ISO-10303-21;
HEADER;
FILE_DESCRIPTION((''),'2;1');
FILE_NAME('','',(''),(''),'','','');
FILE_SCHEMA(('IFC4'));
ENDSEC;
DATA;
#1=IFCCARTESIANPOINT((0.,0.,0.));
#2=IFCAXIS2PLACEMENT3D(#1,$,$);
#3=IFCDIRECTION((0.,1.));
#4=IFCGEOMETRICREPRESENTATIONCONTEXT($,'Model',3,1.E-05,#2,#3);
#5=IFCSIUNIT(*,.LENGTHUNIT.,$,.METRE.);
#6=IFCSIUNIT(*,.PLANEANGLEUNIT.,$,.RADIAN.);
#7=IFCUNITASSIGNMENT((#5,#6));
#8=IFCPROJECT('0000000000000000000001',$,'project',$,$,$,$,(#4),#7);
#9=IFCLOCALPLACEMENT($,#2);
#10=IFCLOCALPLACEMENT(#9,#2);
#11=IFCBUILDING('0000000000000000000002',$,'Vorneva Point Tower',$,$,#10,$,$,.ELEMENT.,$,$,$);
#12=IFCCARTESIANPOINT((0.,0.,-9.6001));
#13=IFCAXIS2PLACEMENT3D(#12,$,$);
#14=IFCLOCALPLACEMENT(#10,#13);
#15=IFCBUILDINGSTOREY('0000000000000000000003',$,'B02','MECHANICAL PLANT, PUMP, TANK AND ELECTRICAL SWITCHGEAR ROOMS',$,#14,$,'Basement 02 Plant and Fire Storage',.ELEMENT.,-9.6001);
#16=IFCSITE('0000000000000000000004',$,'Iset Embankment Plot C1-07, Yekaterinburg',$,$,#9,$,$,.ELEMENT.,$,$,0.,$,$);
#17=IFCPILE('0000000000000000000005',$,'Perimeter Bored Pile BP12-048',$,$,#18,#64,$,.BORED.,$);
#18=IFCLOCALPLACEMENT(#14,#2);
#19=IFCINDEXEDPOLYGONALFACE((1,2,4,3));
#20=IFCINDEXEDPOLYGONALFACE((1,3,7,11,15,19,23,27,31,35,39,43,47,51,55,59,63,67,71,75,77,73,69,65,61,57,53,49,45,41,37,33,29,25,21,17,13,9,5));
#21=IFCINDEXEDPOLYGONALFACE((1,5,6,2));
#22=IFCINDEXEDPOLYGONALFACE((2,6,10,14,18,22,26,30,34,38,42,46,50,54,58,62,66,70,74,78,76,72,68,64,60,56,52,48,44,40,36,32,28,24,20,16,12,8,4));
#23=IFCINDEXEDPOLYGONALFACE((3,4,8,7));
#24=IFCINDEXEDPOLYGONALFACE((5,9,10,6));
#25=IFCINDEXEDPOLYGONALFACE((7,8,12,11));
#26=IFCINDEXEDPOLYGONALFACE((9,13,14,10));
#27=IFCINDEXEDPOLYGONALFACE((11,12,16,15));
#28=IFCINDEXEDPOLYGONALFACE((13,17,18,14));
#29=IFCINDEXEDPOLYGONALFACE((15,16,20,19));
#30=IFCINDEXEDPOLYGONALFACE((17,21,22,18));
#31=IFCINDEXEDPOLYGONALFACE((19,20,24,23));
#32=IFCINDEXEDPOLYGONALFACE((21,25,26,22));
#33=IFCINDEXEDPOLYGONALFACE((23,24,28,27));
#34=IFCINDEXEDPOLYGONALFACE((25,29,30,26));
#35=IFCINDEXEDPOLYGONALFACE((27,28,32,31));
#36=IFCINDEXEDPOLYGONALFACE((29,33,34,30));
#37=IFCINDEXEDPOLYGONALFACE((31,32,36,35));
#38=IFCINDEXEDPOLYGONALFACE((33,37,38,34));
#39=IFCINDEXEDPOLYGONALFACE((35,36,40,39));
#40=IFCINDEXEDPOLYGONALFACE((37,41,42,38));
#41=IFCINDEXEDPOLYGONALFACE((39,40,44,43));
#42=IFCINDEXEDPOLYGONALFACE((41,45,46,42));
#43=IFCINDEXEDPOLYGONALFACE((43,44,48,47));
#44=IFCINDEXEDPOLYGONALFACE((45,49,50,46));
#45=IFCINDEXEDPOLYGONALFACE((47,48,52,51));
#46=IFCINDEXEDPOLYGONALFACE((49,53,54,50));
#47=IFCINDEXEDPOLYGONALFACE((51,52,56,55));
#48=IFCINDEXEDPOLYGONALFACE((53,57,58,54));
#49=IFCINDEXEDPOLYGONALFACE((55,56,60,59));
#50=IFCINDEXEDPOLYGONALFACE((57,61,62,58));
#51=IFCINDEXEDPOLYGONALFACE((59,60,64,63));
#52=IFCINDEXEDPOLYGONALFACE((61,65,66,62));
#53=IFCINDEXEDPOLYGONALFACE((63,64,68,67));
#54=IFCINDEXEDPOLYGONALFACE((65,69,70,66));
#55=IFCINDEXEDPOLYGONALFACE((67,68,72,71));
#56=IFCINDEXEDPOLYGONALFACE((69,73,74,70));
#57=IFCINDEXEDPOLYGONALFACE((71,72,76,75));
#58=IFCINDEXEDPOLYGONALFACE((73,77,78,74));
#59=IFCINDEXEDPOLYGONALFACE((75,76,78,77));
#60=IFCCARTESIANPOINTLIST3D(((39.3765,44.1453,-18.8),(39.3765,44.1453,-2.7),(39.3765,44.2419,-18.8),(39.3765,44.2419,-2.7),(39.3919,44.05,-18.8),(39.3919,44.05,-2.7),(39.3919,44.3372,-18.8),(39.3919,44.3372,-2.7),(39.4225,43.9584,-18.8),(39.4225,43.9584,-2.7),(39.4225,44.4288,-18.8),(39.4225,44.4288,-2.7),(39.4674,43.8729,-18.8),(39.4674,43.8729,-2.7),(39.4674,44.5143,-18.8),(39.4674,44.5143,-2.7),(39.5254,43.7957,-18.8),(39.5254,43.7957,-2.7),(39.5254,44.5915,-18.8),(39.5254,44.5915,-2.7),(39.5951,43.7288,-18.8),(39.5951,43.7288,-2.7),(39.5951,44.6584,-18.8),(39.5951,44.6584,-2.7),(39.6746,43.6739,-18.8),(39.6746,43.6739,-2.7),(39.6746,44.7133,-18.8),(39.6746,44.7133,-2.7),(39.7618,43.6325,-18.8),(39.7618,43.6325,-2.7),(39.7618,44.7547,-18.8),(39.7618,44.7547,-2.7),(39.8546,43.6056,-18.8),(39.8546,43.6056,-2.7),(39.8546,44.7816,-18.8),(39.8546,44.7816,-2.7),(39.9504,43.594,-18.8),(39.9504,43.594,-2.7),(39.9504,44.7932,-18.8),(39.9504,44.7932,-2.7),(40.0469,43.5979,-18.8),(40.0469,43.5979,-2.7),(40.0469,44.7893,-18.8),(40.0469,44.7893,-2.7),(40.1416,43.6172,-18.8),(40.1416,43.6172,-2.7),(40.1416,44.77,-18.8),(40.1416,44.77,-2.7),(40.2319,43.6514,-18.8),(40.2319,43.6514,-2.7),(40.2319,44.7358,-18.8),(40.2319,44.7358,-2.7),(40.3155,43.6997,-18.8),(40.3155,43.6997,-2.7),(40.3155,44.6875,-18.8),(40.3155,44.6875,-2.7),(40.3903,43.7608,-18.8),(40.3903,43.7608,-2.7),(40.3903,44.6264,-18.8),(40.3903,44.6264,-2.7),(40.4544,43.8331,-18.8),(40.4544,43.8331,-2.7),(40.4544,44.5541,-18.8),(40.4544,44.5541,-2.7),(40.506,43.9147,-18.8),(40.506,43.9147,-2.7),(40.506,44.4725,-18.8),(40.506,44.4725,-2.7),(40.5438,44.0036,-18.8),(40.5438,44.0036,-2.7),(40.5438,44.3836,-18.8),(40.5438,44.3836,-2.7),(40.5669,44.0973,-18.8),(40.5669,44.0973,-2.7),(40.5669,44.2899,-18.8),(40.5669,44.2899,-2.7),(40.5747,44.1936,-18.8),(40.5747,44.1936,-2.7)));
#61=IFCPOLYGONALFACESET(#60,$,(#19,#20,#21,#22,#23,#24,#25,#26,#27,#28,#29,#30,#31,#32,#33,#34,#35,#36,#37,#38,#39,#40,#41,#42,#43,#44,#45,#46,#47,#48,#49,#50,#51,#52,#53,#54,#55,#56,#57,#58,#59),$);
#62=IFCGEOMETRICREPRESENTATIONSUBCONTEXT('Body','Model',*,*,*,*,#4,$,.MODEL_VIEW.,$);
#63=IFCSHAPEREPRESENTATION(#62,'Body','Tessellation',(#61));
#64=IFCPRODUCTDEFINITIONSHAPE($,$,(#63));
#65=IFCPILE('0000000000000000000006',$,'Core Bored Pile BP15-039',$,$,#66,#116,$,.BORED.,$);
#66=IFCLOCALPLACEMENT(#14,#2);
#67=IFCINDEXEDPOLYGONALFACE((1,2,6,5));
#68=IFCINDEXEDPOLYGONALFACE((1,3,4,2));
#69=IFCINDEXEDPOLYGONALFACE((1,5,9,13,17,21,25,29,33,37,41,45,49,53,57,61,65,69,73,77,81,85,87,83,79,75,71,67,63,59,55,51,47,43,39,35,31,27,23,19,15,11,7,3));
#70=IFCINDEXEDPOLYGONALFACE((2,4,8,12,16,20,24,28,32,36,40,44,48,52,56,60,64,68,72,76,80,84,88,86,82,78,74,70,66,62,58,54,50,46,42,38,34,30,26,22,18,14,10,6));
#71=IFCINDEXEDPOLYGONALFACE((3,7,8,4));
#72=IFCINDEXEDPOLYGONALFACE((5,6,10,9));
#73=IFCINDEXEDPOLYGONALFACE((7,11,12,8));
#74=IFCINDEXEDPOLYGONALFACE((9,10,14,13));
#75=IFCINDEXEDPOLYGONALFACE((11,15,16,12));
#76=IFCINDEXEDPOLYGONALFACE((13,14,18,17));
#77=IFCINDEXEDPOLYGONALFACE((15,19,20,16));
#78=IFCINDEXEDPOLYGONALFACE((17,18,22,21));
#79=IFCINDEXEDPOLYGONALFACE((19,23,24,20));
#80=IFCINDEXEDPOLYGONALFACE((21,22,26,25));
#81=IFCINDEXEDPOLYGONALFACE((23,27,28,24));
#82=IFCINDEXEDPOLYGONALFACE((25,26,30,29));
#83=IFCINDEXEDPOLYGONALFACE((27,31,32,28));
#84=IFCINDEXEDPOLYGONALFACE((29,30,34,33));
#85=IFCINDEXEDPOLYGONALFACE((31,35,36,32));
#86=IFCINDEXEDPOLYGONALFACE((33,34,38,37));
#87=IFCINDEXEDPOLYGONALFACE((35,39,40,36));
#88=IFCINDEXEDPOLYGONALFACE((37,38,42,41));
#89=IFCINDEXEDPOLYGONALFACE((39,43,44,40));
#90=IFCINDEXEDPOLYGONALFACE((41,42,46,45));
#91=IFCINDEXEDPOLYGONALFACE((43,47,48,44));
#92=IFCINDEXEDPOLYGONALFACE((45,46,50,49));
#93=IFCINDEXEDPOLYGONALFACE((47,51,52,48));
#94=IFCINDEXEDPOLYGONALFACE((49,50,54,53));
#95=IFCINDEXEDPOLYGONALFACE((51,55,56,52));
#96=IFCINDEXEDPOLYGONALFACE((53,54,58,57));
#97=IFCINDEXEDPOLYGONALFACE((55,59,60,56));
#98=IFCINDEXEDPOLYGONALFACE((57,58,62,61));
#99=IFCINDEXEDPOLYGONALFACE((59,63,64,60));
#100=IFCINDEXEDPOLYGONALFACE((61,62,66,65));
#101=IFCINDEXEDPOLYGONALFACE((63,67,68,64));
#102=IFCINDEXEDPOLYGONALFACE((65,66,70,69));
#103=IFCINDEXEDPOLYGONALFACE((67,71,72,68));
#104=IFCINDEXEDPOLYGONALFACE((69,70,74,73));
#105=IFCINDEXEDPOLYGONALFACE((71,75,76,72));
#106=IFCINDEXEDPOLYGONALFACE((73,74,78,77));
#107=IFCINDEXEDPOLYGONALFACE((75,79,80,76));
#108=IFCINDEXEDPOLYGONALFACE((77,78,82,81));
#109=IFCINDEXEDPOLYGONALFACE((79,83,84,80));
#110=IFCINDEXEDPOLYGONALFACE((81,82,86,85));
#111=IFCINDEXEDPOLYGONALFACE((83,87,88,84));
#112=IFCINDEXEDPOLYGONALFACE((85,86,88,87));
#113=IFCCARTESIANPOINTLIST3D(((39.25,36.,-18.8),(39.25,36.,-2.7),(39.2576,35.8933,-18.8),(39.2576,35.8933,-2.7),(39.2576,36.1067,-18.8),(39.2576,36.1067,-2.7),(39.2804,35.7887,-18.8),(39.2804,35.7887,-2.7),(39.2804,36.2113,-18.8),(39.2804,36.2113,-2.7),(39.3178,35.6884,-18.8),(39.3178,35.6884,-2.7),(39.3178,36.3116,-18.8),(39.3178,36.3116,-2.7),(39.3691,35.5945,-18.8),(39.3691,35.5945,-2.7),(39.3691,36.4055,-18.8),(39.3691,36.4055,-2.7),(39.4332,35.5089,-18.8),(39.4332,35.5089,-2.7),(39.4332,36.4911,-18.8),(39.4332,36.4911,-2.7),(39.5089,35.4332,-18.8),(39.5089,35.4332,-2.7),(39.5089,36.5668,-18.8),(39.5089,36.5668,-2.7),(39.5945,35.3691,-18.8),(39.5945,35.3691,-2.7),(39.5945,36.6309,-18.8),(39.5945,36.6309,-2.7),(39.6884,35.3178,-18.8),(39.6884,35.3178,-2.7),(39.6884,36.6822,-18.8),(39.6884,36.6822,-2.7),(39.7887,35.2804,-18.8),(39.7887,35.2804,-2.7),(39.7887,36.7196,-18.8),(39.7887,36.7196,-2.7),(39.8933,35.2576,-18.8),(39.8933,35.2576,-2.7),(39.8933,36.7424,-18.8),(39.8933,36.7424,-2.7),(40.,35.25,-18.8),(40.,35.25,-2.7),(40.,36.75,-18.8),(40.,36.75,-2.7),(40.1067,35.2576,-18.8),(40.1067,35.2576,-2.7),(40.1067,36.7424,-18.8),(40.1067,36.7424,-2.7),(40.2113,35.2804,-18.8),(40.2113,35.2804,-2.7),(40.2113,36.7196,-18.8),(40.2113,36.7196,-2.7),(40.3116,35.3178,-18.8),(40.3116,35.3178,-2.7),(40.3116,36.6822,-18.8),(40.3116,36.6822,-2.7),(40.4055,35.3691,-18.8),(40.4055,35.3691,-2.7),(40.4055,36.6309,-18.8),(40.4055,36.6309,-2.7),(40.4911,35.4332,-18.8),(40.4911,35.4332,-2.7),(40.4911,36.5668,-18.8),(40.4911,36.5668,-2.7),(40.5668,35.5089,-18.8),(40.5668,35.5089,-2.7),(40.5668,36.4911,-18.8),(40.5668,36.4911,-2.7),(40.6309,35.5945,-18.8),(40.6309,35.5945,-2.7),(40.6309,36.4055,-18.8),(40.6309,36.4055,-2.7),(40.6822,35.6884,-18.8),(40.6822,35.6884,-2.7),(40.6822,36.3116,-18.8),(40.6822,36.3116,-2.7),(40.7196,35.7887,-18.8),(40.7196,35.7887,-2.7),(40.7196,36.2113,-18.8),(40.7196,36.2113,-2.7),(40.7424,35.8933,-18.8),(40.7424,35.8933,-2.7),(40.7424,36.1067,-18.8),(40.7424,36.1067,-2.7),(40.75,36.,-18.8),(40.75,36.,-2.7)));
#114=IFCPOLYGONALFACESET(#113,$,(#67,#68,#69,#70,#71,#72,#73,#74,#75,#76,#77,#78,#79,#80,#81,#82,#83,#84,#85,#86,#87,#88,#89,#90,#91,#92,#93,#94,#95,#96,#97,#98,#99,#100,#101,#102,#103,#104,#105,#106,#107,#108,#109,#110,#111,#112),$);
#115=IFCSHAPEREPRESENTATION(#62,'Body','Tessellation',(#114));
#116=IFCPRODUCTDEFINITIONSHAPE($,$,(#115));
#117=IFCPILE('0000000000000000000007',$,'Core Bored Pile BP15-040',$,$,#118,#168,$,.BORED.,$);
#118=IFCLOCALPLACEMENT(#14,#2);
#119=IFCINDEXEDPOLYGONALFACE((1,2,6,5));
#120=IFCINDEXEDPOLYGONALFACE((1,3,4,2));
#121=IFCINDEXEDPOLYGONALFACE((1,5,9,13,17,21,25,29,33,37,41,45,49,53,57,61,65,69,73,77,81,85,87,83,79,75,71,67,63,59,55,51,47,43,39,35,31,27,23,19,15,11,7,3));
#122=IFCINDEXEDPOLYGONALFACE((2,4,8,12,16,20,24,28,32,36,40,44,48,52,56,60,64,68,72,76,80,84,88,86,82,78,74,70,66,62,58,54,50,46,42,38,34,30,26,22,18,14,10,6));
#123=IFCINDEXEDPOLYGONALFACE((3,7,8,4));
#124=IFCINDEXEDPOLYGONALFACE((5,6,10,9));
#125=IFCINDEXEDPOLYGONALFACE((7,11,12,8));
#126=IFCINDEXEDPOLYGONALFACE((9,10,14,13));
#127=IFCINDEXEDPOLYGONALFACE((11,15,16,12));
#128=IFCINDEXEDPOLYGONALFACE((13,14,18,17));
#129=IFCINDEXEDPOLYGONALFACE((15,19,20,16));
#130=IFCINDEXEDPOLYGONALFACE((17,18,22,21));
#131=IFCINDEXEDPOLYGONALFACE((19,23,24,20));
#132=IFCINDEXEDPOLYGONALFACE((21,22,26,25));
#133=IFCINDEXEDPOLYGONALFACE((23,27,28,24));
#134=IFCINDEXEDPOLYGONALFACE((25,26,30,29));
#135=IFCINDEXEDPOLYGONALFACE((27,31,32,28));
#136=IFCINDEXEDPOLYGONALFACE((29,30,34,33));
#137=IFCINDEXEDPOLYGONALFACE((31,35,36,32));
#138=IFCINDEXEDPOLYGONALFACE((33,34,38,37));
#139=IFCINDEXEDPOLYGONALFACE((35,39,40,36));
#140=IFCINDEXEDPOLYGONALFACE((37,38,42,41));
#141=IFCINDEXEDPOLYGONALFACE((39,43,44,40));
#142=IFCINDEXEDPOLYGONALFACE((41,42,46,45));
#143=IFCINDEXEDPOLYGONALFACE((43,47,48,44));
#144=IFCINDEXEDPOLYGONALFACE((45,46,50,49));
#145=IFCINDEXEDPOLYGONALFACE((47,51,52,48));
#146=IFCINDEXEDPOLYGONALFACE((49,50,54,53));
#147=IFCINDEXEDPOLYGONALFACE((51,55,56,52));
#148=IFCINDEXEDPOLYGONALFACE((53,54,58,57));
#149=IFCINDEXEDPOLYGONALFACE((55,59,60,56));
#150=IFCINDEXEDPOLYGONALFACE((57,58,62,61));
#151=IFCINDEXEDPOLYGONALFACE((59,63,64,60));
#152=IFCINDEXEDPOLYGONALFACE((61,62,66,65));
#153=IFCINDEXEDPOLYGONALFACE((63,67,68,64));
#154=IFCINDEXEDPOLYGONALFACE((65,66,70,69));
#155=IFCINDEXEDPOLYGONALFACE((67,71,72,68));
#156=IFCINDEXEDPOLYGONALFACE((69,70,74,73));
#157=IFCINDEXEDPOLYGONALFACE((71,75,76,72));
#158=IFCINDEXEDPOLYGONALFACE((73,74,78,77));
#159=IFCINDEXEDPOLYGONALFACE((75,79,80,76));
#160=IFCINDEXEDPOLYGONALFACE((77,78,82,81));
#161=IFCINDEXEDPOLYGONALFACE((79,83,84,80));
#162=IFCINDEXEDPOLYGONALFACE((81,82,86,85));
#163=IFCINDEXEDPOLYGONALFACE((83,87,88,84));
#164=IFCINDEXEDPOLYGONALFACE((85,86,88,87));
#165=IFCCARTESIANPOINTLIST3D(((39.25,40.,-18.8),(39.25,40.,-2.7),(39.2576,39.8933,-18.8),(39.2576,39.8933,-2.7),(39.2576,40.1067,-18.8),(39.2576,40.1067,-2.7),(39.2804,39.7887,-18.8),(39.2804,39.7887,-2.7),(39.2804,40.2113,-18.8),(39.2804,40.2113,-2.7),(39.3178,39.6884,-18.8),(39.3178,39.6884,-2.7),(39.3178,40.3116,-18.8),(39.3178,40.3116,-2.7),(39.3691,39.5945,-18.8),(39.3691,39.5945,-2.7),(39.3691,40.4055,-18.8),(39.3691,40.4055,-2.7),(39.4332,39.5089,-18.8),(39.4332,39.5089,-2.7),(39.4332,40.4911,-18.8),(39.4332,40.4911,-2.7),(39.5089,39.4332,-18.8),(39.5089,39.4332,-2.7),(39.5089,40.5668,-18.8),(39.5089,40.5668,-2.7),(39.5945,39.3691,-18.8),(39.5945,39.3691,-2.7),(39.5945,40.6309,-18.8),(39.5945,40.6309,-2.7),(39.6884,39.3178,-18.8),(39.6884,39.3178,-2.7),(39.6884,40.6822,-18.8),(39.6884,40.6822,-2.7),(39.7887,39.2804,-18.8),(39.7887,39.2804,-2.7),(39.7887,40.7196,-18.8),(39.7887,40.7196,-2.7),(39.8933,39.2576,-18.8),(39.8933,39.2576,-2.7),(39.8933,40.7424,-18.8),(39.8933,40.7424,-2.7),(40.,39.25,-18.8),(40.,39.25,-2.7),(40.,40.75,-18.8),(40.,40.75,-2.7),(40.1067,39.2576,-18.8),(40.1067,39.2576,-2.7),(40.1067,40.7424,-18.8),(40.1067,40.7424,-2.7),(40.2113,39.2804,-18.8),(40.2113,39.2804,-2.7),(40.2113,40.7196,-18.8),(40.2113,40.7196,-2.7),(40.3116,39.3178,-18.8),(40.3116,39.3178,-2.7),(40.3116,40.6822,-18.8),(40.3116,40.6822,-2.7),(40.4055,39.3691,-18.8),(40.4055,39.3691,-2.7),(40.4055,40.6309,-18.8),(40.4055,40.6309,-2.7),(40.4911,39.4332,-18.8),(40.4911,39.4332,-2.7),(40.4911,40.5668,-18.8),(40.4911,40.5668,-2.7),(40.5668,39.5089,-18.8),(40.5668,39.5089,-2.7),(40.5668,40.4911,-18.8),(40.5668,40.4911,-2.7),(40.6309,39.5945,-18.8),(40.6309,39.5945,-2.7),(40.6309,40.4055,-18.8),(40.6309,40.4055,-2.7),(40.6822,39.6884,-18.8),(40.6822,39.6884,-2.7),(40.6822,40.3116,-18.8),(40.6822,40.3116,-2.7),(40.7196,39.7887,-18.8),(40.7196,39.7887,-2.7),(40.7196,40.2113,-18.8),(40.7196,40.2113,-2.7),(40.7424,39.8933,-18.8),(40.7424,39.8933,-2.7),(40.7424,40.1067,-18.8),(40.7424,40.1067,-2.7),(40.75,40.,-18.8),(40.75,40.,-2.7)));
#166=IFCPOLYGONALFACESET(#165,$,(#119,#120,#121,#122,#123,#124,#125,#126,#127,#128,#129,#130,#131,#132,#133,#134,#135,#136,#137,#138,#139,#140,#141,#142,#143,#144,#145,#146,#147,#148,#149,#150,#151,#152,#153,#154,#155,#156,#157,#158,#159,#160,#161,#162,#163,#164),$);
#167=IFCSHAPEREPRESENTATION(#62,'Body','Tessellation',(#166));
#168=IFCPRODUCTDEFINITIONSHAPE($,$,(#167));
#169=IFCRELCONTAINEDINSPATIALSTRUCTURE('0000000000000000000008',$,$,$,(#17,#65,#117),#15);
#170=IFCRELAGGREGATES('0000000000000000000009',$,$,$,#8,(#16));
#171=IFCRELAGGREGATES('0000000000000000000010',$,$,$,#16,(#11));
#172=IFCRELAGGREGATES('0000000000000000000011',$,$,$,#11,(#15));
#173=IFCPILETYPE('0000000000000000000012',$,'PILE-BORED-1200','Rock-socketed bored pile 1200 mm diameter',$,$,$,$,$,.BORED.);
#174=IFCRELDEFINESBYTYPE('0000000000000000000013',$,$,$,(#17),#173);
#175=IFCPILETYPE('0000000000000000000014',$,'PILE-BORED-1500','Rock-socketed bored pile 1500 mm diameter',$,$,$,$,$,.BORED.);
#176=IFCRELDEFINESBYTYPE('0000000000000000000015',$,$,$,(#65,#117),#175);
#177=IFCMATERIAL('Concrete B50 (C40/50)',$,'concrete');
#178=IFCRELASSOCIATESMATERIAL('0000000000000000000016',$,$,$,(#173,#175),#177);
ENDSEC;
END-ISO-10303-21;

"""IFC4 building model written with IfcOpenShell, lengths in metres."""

from ifc_helpers import new_model, si_unit, direction, frame, origin, origin_2d, place, context, subcontext, project, spatial, circle, extrude, material, material_profile, profile_set, type_object, element, save


model = new_model("IFC4")

# Units and contexts
model_context = context("Model", 3, precision=1e-05, world=origin(), true_north=direction((0.0, 1.0)))
body_context = subcontext(model_context, "Body", "Model", "MODEL_VIEW")
ifc_project = project(units=[si_unit("LENGTHUNIT", "METRE"), si_unit("PLANEANGLEUNIT", "RADIAN")], contexts=[model_context])

# Site, building, storey
site_placement = place(None, origin())
site = spatial("IfcSite", under=ifc_project, at=site_placement, Name="Iset Embankment Plot C1-07, Yekaterinburg", CompositionType="ELEMENT", RefElevation=0.0)
building_placement = place(site_placement, origin())
building = spatial("IfcBuilding", under=site, at=building_placement, Name="Vorneva Point Tower", CompositionType="ELEMENT")
storey_placement = place(building_placement, frame((0.0, 0.0, -9.6001)))
storey = spatial("IfcBuildingStorey", under=building, at=storey_placement, Name="B02", Description="MECHANICAL PLANT, PUMP, TANK AND ELECTRICAL SWITCHGEAR ROOMS", LongName="Basement 02 Plant and Fire Storage", CompositionType="ELEMENT", Elevation=-9.6001)

# Piles
ifc_material_1 = material(Name="Concrete B50 (C40/50)", Category="concrete")
ifc_material_profile_1 = material_profile(ifc_material_1, circle(Radius=0.6001, at=origin_2d()), Name="PILE-1200")
ifc_profile_set_1 = profile_set([ifc_material_profile_1], Name="Concrete B50 (C40/50)")
pile_type_1 = type_object("IfcPileType", Name="PILE-BORED-1200", Description="Rock-socketed bored pile 1200 mm diameter", PredefinedType="BORED", material=ifc_profile_set_1)
for number, where, z_axis, x_axis, name in (
    (1, (39.9746, 44.1936, -2.7), (0.0, 0.0, -1.0), (1.0, 0.0, 0.0), "Perimeter Bored Pile BP12-048"),
):
    element("IfcPile", number, at=place(storey_placement, frame(where, z_axis=z_axis, x_axis=x_axis)), inside=storey, type_object=pile_type_1, Name=name, PredefinedType="BORED", context=body_context, shape_type="SweptSolid", body=[
        extrude(circle(Radius=0.6001, at=origin_2d()), origin(), (0.0, 0.0, 1.0), 16.1001),
    ])
ifc_material_profile_2 = material_profile(ifc_material_1, circle(Radius=0.75, at=origin_2d()), Name="PILE-1500")
ifc_profile_set_2 = profile_set([ifc_material_profile_2], Name="Concrete B50 (C40/50)")
pile_type_2 = type_object("IfcPileType", Name="PILE-BORED-1500", Description="Rock-socketed bored pile 1500 mm diameter", PredefinedType="BORED", material=ifc_profile_set_2)
for number, where, z_axis, x_axis, name in (
    (2, (40.0, 36.0, -2.7), (0.0, 0.0, -1.0), (1.0, 0.0, 0.0), "Core Bored Pile BP15-039"),
    (3, (40.0, 40.0, -2.7), (0.0, 0.0, -1.0), (1.0, 0.0, 0.0), "Core Bored Pile BP15-040"),
):
    element("IfcPile", number, at=place(storey_placement, frame(where, z_axis=z_axis, x_axis=x_axis)), inside=storey, type_object=pile_type_2, Name=name, PredefinedType="BORED", context=body_context, shape_type="SweptSolid", body=[
        extrude(circle(Radius=0.75, at=origin_2d()), origin(), (0.0, 0.0, 1.0), 16.1001),
    ])

save(model, "model.ifc")
